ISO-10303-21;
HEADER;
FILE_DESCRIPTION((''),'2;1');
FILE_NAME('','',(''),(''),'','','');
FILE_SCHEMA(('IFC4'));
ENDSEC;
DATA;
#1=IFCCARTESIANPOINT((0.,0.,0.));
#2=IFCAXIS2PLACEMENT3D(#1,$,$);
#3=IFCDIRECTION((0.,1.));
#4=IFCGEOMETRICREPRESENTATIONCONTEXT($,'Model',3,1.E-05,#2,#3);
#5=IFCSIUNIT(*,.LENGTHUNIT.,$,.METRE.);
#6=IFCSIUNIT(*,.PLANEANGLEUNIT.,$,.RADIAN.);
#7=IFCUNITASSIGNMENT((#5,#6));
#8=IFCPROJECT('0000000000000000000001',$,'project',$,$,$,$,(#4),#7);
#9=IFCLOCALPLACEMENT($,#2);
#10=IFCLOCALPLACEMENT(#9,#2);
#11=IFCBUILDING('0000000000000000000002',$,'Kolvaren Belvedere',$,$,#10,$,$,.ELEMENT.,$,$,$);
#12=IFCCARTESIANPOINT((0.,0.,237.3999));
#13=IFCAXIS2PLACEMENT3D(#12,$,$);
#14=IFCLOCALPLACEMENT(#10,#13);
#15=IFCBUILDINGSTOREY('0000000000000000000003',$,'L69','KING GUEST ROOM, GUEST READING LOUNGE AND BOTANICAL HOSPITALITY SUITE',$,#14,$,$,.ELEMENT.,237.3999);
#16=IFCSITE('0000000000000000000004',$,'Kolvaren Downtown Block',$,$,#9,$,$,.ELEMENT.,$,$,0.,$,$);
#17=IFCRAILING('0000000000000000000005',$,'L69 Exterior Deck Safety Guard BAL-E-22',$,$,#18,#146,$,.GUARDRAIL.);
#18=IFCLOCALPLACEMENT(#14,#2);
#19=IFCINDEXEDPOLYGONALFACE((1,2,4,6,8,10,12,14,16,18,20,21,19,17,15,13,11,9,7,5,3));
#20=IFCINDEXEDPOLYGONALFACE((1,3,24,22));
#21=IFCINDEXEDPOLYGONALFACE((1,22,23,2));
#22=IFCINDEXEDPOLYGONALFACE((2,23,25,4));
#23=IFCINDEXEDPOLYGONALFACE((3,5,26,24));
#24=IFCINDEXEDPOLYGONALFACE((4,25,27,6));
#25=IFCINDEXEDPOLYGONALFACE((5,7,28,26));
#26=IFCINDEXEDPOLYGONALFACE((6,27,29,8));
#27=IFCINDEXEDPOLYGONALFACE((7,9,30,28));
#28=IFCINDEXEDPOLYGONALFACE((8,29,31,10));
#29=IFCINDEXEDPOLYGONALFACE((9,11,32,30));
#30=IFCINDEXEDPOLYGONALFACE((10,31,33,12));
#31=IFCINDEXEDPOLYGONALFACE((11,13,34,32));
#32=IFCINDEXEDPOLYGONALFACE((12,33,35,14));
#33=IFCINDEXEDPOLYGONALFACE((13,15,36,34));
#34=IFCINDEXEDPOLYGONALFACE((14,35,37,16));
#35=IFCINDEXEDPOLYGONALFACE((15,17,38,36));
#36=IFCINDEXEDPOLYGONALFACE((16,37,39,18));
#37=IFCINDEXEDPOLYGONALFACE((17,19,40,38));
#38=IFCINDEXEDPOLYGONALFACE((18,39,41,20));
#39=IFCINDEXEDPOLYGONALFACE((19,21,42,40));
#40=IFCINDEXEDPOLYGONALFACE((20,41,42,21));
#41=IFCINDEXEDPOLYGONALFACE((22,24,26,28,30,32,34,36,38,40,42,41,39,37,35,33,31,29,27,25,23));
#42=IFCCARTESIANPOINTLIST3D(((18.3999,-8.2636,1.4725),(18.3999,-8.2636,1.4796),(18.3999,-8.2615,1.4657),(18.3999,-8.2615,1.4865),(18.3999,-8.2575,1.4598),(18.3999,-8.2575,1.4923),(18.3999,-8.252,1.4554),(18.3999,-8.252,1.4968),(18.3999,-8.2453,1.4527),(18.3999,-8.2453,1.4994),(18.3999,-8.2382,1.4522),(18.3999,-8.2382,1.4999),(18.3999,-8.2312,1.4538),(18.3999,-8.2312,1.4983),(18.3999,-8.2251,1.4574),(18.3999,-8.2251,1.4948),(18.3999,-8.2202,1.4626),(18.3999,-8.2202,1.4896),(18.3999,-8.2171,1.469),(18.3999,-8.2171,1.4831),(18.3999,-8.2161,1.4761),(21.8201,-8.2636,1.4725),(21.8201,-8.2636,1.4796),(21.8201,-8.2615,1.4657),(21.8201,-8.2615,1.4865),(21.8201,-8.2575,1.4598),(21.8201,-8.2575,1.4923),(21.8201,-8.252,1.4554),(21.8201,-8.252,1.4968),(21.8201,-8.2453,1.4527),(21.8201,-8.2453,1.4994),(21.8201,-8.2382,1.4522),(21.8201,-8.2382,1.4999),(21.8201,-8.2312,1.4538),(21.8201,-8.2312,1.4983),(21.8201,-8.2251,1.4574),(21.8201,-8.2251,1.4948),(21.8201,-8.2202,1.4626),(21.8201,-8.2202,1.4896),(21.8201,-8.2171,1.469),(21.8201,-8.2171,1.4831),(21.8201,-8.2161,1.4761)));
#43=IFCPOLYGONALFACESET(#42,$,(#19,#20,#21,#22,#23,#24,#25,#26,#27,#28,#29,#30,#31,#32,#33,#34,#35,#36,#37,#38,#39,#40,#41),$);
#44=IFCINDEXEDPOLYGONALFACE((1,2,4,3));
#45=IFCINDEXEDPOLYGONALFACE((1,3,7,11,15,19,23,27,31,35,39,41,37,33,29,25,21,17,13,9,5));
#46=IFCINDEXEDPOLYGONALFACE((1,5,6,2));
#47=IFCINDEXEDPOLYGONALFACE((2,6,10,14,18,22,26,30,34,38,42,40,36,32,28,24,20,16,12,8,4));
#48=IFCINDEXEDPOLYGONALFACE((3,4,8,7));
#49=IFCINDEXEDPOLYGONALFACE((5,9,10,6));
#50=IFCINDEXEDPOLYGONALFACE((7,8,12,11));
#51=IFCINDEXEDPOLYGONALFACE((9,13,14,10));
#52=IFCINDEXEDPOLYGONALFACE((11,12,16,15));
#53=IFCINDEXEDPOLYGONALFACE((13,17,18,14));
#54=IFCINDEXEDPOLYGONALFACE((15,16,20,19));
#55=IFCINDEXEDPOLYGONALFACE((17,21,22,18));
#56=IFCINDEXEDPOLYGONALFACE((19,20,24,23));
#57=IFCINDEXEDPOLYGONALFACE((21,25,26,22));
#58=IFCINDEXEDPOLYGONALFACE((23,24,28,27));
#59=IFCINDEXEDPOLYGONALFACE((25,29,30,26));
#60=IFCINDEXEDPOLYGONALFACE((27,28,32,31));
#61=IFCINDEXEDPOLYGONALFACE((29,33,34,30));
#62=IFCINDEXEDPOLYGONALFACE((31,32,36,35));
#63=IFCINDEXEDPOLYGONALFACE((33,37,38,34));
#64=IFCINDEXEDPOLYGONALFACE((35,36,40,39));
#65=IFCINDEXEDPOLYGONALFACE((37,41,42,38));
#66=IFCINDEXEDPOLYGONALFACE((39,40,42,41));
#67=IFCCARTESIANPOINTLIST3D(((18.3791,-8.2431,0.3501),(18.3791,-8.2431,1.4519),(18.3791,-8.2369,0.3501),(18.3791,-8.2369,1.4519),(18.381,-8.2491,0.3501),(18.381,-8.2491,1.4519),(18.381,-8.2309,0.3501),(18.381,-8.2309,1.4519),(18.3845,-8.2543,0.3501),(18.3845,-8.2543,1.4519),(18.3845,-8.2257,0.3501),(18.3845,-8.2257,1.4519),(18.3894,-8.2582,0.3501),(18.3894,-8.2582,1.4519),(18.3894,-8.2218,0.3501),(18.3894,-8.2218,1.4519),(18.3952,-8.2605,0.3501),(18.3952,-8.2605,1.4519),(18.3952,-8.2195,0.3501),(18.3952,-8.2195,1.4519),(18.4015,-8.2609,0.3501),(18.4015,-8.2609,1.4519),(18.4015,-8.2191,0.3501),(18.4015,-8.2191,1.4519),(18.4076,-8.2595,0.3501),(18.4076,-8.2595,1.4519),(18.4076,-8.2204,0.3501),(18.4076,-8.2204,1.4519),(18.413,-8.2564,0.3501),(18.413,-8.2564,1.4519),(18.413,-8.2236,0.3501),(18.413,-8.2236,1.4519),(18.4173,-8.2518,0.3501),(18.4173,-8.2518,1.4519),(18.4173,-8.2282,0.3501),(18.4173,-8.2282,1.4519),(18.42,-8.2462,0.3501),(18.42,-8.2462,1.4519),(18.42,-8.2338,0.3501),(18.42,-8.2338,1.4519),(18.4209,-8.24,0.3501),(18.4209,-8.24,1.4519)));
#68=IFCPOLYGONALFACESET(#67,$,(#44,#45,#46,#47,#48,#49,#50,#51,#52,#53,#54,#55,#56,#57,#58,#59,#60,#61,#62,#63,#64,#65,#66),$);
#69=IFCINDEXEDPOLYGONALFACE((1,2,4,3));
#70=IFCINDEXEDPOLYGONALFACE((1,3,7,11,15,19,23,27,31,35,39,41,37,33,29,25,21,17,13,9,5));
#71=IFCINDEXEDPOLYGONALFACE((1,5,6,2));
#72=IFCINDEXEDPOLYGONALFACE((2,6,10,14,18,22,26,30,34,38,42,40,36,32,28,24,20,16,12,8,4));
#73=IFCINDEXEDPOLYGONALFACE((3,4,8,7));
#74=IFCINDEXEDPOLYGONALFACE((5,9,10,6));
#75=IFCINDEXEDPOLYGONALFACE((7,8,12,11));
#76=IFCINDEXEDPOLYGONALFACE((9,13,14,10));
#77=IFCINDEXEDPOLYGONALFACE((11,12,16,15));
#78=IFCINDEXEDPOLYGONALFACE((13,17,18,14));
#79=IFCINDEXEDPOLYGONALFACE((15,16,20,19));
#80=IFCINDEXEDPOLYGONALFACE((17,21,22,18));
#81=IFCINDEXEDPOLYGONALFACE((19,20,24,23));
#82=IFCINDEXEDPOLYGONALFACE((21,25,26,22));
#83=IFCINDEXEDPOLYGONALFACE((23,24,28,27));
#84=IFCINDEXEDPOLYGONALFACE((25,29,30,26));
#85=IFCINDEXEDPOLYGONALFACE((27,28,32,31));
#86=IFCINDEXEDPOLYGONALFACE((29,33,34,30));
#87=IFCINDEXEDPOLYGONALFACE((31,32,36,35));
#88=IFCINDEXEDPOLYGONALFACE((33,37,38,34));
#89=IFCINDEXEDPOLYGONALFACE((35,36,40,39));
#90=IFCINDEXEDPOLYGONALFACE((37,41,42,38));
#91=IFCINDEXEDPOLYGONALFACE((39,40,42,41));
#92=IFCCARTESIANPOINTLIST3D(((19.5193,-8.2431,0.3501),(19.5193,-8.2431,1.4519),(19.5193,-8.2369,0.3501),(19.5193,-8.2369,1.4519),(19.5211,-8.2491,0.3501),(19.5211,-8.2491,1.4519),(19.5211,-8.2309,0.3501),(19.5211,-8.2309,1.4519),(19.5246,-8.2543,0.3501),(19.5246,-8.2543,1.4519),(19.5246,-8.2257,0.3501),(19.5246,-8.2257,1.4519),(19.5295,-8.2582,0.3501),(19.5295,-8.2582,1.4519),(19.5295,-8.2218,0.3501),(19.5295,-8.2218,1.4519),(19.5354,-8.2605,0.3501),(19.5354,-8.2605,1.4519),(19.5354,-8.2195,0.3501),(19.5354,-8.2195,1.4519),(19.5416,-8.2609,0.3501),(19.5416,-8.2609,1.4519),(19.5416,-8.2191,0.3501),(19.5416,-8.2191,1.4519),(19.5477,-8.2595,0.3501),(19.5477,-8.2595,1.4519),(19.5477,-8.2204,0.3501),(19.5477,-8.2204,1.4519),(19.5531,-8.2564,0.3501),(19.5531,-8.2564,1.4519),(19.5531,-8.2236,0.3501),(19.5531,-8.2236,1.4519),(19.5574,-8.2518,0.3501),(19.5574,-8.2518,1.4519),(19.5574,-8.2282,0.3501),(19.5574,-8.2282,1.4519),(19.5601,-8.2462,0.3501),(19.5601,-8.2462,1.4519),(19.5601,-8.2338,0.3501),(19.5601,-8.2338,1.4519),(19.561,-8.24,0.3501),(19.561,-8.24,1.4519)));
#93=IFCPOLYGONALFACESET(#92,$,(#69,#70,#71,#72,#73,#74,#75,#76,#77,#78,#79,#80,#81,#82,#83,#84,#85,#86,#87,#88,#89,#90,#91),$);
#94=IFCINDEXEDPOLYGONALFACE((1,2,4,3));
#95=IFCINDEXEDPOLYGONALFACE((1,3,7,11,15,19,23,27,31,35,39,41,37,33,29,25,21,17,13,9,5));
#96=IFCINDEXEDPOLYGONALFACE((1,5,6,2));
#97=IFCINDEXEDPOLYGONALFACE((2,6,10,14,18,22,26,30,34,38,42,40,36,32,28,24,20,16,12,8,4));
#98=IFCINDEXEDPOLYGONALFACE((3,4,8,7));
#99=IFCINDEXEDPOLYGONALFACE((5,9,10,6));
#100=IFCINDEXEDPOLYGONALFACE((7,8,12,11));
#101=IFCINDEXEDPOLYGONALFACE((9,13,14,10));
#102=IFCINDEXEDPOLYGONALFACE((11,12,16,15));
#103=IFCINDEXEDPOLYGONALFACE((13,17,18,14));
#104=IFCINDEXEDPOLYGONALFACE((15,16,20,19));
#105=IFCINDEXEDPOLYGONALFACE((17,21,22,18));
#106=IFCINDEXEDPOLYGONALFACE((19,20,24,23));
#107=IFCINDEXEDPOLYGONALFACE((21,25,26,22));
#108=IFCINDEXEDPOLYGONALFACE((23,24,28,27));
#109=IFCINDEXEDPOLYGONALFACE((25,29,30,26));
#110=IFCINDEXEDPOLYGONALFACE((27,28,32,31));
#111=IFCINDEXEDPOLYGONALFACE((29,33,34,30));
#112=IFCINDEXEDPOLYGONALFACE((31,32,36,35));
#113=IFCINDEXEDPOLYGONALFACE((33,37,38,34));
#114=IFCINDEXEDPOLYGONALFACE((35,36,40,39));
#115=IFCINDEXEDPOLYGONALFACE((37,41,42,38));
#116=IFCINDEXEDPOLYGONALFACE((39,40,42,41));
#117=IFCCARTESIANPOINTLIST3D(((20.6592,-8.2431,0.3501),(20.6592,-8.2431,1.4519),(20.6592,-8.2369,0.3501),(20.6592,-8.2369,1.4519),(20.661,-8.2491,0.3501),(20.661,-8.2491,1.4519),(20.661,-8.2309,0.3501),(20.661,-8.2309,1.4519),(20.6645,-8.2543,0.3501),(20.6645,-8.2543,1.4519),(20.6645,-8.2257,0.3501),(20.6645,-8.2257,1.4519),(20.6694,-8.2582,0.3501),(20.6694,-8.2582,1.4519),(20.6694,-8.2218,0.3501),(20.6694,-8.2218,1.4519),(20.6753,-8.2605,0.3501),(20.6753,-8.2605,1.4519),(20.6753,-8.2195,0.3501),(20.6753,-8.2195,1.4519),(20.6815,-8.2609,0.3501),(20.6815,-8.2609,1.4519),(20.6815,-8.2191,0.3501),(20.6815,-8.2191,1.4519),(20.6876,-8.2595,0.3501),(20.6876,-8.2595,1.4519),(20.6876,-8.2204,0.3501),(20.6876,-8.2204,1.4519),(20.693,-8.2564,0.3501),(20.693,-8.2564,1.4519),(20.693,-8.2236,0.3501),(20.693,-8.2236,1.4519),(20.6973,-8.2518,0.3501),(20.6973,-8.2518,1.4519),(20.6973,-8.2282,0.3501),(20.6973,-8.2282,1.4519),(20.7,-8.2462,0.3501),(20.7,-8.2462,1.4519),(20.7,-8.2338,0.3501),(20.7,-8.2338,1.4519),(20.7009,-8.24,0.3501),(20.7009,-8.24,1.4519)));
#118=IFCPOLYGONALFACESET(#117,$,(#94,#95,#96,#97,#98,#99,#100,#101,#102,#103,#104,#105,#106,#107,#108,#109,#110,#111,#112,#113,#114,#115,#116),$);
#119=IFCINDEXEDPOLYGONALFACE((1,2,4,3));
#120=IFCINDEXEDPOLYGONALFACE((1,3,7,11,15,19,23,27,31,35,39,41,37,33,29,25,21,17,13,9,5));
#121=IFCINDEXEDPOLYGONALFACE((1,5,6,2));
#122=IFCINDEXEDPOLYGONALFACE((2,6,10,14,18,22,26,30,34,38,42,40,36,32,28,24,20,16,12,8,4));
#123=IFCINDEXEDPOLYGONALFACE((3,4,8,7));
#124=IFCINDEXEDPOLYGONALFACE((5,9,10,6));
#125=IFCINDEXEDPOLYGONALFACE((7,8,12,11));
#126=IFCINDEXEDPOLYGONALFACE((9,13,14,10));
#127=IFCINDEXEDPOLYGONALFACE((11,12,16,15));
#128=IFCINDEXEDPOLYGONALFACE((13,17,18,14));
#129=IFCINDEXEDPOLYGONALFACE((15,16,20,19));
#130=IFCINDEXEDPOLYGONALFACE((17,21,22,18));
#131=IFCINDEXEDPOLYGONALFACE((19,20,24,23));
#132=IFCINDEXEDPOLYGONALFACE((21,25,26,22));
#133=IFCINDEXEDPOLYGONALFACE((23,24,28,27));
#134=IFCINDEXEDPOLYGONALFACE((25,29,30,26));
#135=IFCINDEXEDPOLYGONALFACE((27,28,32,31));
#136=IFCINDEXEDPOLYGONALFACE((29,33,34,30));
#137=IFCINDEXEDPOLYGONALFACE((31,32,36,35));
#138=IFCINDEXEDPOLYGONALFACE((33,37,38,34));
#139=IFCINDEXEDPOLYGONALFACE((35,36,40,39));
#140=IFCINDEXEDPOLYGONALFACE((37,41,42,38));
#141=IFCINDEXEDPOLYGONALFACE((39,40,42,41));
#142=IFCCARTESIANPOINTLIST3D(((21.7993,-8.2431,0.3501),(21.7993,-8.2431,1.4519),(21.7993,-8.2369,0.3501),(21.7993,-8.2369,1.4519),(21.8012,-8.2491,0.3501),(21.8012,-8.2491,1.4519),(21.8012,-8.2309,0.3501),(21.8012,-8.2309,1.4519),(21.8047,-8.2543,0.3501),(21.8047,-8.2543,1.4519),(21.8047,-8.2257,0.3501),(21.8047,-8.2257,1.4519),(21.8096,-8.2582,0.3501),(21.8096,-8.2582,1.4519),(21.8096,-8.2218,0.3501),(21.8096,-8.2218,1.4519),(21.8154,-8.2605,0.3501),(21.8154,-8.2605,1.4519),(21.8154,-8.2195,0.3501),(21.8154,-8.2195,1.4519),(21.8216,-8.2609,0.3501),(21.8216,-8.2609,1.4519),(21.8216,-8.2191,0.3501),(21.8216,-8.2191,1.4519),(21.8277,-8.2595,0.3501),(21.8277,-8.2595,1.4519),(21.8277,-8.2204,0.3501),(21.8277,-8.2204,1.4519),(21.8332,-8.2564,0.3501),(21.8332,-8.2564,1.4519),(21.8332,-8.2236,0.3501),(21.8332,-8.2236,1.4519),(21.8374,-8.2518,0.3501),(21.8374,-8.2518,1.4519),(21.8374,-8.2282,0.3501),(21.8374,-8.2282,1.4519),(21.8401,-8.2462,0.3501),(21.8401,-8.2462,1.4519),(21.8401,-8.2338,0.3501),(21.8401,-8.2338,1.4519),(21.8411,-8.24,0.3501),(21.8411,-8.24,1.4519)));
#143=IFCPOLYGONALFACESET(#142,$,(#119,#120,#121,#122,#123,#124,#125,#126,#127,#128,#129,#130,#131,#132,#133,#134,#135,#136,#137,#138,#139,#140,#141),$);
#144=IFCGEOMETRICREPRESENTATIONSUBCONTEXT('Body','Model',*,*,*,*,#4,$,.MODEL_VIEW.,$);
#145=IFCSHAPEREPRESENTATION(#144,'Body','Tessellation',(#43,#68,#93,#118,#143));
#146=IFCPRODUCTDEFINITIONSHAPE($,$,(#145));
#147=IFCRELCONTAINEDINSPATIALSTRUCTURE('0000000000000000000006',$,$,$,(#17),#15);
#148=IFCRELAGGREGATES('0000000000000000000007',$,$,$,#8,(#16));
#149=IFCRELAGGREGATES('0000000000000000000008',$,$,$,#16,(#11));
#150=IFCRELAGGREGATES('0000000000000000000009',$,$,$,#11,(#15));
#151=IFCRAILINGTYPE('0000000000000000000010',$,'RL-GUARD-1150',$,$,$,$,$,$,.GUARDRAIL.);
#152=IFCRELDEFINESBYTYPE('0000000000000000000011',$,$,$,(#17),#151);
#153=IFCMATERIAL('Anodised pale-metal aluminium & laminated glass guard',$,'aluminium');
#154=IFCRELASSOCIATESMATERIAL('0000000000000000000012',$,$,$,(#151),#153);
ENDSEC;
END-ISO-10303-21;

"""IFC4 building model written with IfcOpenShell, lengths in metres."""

from ifc_helpers import new_model, si_unit, direction, frame, origin, origin_2d, place, context, subcontext, project, spatial, circle, extrude, material, type_object, element, save


model = new_model("IFC4")

# Units and contexts
model_context = context("Model", 3, precision=1e-05, world=origin(), true_north=direction((0.0, 1.0)))
body_context = subcontext(model_context, "Body", "Model", "MODEL_VIEW")
ifc_project = project(units=[si_unit("LENGTHUNIT", "METRE"), si_unit("PLANEANGLEUNIT", "RADIAN")], contexts=[model_context])

# Site, building, storey
site_placement = place(None, origin())
site = spatial("IfcSite", under=ifc_project, at=site_placement, Name="Kolvaren Downtown Block", CompositionType="ELEMENT", RefElevation=0.0)
building_placement = place(site_placement, origin())
building = spatial("IfcBuilding", under=site, at=building_placement, Name="Kolvaren Belvedere", CompositionType="ELEMENT")
storey_placement = place(building_placement, frame((0.0, 0.0, 237.3999)))
storey = spatial("IfcBuildingStorey", under=building, at=storey_placement, Name="L69", Description="KING GUEST ROOM, GUEST READING LOUNGE AND BOTANICAL HOSPITALITY SUITE", CompositionType="ELEMENT", Elevation=237.3999)

# Railing
ifc_material_1 = material(Name="Anodised pale-metal aluminium & laminated glass guard", Category="aluminium")
railing_type = type_object("IfcRailingType", Name="RL-GUARD-1150", PredefinedType="GUARDRAIL", material=ifc_material_1)
railing_1_placement = place(storey_placement, frame((18.3999, -8.24, 0.3501)))
element("IfcRailing", 1, at=railing_1_placement, inside=storey, type_object=railing_type, Name="L69 Exterior Deck Safety Guard BAL-E-22", PredefinedType="GUARDRAIL", context=body_context, shape_type="SweptSolid", body=[
    extrude(circle(Radius=0.0239, at=origin_2d()), frame((0.0, 0.0, 1.126), z_axis=(1.0, 0.0, 0.0), x_axis=(0.0, 1.0, 0.0)), (0.0, 0.0, 1.0), 3.4202),
    extrude(circle(Radius=0.021, at=origin_2d()), origin(), (0.0, 0.0, 1.0), 1.1018),
    extrude(circle(Radius=0.021, at=origin_2d()), frame((1.1401, 0.0, 0.0)), (0.0, 0.0, 1.0), 1.1018),
    extrude(circle(Radius=0.021, at=origin_2d()), frame((2.28, 0.0, 0.0)), (0.0, 0.0, 1.0), 1.1018),
    extrude(circle(Radius=0.021, at=origin_2d()), frame((3.4202, 0.0, 0.0)), (0.0, 0.0, 1.0), 1.1018),
])

save(model, "model.ifc")
